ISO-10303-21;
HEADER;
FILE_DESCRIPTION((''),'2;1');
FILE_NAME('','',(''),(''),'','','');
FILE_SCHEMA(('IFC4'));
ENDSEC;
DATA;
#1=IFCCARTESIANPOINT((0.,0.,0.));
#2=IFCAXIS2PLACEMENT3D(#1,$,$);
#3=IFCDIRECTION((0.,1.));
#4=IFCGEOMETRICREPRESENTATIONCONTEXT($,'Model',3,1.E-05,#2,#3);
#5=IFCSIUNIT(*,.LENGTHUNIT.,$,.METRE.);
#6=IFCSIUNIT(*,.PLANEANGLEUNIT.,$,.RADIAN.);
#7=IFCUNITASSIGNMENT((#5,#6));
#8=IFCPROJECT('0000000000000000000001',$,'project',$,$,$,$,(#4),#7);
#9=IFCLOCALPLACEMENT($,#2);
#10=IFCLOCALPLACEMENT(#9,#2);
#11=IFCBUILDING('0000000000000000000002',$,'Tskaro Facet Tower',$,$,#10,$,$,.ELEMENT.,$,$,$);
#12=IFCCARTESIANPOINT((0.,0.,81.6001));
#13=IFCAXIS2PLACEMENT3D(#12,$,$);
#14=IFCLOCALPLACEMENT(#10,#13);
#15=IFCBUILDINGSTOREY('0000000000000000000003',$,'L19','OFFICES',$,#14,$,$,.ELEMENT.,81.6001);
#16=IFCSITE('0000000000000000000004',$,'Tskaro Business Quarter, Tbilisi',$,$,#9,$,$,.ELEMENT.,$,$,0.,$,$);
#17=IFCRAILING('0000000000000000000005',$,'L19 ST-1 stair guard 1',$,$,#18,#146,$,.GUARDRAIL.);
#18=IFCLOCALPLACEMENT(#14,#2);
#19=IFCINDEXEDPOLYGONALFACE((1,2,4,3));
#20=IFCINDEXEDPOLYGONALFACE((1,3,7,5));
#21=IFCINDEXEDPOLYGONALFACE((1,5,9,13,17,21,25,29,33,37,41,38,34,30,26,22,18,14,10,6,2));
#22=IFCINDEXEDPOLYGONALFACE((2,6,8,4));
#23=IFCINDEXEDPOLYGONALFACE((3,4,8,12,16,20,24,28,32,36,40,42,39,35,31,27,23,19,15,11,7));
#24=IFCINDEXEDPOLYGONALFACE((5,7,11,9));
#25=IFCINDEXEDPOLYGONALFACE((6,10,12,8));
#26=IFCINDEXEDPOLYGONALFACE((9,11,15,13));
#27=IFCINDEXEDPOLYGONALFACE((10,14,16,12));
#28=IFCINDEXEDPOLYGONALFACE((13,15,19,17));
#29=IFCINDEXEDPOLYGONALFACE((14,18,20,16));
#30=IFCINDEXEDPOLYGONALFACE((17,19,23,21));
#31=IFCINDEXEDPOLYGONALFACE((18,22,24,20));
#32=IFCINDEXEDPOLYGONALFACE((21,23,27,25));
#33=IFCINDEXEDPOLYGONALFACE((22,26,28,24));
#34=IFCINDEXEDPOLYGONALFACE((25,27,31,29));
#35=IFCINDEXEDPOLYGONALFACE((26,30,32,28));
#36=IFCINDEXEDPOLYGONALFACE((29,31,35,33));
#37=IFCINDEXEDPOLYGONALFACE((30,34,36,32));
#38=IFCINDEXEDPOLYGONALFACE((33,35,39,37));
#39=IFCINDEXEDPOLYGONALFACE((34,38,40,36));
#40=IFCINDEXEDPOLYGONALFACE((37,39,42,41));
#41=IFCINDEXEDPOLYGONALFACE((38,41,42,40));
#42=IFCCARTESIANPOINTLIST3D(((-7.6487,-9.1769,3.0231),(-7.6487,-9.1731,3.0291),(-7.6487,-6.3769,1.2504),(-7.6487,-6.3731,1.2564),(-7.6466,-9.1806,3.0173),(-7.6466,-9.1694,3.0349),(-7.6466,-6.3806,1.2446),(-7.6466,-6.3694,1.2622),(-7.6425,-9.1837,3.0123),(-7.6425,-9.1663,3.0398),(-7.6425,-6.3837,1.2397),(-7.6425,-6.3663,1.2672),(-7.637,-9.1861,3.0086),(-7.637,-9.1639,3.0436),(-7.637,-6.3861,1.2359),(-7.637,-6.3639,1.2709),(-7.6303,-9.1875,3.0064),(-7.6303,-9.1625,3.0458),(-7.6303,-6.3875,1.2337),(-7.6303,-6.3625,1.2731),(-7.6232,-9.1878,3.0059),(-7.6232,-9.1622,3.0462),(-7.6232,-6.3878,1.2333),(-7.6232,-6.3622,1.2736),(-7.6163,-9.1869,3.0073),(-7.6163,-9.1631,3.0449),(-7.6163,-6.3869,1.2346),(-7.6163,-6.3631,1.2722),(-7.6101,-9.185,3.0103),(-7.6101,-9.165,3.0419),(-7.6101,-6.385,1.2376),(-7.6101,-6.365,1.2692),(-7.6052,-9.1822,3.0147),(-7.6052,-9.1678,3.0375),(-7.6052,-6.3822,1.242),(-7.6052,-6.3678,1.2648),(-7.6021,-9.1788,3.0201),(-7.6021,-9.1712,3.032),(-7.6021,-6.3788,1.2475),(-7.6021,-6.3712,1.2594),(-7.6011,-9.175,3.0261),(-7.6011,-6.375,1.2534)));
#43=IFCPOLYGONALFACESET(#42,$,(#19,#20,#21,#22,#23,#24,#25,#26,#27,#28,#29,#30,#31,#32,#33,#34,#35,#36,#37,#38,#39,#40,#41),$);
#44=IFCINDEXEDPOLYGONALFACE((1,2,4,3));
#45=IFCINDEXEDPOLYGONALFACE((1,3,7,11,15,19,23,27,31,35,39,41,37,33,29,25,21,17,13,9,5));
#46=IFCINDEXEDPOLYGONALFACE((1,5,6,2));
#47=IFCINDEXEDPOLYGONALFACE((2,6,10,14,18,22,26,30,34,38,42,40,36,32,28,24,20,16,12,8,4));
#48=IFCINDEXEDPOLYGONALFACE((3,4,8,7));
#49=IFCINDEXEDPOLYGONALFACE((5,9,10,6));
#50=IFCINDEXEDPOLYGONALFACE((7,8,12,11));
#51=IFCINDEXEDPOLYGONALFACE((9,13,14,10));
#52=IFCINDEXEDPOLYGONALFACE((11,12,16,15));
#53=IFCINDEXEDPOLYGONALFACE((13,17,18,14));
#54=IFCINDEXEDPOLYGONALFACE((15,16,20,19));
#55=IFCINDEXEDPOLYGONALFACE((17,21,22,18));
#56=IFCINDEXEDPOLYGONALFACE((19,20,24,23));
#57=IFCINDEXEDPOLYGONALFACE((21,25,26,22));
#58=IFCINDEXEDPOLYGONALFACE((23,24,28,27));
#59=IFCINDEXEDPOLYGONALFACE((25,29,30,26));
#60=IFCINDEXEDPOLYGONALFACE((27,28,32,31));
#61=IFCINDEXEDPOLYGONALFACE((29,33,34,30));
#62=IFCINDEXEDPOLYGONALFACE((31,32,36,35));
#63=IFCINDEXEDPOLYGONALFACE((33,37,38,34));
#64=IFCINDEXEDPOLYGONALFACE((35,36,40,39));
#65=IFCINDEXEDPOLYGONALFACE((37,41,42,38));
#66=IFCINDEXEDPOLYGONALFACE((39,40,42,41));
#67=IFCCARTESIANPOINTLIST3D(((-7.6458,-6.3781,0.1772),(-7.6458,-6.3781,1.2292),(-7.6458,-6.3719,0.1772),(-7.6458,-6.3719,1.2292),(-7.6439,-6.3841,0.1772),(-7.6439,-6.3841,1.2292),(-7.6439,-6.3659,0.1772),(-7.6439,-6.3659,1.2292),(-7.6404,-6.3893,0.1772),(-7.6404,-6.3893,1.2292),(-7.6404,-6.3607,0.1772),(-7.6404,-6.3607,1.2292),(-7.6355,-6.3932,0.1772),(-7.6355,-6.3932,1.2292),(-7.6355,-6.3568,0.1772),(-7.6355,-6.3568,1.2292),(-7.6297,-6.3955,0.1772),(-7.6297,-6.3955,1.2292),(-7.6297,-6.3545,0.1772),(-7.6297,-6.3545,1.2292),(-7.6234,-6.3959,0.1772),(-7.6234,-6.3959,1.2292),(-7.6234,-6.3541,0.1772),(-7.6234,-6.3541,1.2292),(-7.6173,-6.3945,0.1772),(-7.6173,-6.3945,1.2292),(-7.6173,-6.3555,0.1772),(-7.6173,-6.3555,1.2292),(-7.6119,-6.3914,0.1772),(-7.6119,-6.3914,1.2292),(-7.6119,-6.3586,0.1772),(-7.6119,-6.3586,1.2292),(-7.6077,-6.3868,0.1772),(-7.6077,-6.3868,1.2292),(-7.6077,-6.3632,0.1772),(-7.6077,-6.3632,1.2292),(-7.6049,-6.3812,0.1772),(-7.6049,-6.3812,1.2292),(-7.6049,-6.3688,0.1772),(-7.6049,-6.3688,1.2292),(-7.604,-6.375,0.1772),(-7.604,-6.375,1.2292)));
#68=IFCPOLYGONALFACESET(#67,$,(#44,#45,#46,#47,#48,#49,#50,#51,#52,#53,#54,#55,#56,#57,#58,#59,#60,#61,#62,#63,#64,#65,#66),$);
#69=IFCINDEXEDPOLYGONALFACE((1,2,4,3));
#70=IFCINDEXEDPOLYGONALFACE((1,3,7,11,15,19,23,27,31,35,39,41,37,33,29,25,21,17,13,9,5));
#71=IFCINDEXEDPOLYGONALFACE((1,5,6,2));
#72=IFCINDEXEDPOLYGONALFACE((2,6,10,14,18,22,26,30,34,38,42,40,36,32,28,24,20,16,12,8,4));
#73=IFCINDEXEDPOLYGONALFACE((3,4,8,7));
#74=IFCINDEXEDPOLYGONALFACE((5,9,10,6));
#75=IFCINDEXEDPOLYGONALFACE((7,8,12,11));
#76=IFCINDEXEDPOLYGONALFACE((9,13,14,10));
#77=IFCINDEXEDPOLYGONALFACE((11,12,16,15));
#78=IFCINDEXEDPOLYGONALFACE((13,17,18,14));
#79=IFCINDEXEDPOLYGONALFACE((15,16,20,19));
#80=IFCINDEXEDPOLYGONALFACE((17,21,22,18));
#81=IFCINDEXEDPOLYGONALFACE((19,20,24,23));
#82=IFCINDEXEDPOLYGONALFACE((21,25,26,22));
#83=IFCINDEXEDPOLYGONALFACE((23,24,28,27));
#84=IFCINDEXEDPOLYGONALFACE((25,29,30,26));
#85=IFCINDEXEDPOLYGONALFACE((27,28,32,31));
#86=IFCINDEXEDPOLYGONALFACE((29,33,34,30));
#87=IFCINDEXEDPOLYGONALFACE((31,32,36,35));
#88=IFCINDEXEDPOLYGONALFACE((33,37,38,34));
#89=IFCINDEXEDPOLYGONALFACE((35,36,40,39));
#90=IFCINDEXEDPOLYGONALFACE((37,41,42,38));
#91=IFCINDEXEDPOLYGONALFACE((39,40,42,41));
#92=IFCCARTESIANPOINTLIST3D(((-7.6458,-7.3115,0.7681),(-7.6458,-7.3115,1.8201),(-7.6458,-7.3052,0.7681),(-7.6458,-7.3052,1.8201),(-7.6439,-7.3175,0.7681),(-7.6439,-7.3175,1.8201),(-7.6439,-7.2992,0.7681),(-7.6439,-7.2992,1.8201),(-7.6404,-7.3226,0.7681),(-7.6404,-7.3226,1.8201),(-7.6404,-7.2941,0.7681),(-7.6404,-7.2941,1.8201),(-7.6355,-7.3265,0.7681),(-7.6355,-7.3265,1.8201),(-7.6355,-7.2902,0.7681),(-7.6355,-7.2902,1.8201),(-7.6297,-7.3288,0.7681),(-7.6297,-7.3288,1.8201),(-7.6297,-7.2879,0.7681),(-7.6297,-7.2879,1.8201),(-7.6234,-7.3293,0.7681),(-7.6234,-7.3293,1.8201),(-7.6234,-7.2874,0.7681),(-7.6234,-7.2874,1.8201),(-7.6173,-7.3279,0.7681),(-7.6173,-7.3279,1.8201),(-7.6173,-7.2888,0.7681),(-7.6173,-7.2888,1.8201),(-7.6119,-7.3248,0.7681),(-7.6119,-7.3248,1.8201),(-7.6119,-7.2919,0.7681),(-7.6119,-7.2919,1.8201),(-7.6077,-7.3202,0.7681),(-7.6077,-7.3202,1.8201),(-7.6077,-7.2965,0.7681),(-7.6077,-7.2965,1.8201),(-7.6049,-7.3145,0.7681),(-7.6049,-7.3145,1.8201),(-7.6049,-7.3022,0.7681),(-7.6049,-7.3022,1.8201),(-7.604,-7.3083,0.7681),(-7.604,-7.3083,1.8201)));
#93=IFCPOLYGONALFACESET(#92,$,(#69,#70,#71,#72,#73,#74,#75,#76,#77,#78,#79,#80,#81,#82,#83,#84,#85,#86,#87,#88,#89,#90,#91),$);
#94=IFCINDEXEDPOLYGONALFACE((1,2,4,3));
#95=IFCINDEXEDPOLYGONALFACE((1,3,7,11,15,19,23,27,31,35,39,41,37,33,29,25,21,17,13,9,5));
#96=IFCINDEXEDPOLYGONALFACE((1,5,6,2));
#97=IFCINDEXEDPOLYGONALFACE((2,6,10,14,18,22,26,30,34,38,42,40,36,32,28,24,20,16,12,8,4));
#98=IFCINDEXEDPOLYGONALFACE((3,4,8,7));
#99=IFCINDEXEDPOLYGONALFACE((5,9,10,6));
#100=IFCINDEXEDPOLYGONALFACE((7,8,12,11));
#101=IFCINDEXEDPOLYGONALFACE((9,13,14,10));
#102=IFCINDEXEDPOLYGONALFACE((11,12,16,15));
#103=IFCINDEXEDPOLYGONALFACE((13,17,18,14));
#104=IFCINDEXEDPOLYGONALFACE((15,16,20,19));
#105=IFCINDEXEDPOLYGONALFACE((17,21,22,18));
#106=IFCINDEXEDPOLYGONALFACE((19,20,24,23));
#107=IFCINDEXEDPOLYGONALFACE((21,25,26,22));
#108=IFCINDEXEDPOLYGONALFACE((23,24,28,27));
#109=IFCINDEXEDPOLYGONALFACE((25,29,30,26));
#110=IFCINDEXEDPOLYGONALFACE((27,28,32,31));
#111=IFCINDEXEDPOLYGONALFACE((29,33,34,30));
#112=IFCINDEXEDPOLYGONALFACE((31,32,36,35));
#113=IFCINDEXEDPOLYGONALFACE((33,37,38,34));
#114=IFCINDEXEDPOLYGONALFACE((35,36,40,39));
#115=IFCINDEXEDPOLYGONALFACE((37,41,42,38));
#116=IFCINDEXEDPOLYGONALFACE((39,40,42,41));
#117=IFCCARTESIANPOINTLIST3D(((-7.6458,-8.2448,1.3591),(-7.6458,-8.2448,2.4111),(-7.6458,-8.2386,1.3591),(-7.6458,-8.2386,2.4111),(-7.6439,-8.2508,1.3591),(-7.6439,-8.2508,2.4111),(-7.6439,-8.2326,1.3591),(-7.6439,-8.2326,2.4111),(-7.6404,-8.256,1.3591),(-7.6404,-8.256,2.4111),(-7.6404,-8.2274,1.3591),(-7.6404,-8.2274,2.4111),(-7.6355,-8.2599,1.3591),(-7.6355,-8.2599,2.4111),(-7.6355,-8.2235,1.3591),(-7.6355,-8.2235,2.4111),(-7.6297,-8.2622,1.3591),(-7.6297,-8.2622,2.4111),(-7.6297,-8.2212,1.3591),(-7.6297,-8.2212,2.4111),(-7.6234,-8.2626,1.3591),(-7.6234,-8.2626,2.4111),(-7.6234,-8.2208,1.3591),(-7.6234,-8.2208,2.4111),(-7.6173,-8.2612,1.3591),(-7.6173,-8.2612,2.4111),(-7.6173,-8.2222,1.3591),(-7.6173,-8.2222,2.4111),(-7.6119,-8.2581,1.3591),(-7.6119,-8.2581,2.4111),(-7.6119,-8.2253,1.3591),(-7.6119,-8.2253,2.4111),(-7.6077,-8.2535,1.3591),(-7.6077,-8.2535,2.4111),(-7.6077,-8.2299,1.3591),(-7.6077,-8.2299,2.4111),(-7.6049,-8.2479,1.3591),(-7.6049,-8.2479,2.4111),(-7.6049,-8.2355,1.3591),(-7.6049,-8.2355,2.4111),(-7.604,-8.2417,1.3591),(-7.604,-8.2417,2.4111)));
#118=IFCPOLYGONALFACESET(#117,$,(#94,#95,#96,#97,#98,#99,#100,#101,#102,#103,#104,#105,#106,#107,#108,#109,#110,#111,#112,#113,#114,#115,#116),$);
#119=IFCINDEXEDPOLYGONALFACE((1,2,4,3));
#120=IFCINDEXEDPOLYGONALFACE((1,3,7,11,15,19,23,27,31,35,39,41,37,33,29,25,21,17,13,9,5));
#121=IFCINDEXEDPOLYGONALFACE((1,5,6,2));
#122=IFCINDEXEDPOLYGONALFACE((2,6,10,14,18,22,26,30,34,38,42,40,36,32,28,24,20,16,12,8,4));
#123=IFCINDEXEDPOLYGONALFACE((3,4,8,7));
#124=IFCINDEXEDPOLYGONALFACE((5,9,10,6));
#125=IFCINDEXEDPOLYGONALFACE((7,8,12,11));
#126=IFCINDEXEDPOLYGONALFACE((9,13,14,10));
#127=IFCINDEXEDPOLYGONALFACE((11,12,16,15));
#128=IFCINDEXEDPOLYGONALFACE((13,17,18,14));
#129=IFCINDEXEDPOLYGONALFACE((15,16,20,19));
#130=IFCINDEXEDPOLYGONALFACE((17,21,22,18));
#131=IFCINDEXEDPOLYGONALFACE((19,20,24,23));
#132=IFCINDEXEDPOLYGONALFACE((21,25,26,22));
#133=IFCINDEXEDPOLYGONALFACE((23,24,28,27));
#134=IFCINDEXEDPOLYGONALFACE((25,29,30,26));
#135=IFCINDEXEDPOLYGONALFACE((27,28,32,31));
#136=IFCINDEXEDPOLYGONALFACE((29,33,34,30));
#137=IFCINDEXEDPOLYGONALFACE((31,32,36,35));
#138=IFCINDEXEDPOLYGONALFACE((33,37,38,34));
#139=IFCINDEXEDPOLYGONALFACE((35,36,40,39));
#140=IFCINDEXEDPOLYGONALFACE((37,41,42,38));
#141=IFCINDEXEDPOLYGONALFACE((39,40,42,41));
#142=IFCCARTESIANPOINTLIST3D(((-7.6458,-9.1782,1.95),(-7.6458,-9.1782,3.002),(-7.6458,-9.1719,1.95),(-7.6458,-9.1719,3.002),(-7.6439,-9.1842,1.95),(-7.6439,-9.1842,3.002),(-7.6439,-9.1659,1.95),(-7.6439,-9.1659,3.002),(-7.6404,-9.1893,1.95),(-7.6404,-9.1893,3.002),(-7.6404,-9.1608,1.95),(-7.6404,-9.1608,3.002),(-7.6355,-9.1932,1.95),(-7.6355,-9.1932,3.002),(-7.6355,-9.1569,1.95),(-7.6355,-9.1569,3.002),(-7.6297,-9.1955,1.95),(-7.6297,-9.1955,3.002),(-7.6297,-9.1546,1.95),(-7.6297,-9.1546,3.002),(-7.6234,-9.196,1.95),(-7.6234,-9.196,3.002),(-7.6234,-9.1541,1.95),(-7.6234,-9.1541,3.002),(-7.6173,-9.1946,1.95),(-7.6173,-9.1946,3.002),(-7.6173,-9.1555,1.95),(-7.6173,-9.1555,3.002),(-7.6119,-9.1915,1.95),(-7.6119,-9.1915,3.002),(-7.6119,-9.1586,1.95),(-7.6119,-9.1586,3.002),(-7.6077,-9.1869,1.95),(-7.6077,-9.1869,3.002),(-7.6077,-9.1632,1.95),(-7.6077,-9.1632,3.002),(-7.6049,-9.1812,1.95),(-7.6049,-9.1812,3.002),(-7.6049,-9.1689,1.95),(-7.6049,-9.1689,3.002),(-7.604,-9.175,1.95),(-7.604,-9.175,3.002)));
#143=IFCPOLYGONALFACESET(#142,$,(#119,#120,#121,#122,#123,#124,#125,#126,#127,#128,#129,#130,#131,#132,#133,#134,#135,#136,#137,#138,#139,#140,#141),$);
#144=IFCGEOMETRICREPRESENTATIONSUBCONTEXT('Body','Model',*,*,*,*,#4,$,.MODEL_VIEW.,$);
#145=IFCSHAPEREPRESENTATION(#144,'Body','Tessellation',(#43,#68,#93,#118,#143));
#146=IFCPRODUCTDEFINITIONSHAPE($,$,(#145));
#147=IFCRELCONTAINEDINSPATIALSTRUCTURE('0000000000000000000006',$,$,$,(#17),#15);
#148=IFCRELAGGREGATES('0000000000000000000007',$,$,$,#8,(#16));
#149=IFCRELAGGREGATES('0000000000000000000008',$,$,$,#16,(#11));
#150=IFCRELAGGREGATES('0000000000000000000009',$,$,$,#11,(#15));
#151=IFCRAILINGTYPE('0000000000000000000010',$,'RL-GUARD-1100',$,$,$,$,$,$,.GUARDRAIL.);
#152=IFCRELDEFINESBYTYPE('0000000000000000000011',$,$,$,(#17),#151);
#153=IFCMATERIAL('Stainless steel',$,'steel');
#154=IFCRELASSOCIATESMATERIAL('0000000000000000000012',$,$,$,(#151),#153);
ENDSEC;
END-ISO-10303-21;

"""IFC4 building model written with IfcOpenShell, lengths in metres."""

from ifc_helpers import new_model, si_unit, direction, frame, origin, origin_2d, place, context, subcontext, project, spatial, circle, extrude, material, type_object, element, save


model = new_model("IFC4")

# Units and contexts
model_context = context("Model", 3, precision=1e-05, world=origin(), true_north=direction((0.0, 1.0)))
body_context = subcontext(model_context, "Body", "Model", "MODEL_VIEW")
ifc_project = project(units=[si_unit("LENGTHUNIT", "METRE"), si_unit("PLANEANGLEUNIT", "RADIAN")], contexts=[model_context])

# Site, building, storey
site_placement = place(None, origin())
site = spatial("IfcSite", under=ifc_project, at=site_placement, Name="Tskaro Business Quarter, Tbilisi", CompositionType="ELEMENT", RefElevation=0.0)
building_placement = place(site_placement, origin())
building = spatial("IfcBuilding", under=site, at=building_placement, Name="Tskaro Facet Tower", CompositionType="ELEMENT")
storey_placement = place(building_placement, frame((0.0, 0.0, 81.6001)))
storey = spatial("IfcBuildingStorey", under=building, at=storey_placement, Name="L19", Description="OFFICES", CompositionType="ELEMENT", Elevation=81.6001)

# Shared definitions
ifc_material_1 = material(Name="Stainless steel", Category="steel")

# Railing
railing_type_1 = type_object("IfcRailingType", Name="RL-GUARD-1100", PredefinedType="GUARDRAIL", material=ifc_material_1)
railing_1_placement = place(storey_placement, frame((-7.625, -6.375, 0.1772)))
element("IfcRailing", 1, at=railing_1_placement, inside=storey, type_object=railing_type_1, Name="L19 ST-1 stair guard 1", PredefinedType="GUARDRAIL", context=body_context, shape_type="SweptSolid", body=[
    extrude(circle(Radius=0.0239, at=origin_2d()), frame((0.0, 0.0, 1.0762), z_axis=(0.0, -0.844909, 0.53491), x_axis=(1.0, 0.0, 0.0)), (0.0, 0.0, 1.0), 3.314),
    extrude(circle(Radius=0.021, at=origin_2d()), origin(), (0.0, 0.0, 1.0), 1.052),
    extrude(circle(Radius=0.021, at=origin_2d()), frame((0.0, -0.9333, 0.5908)), (0.0, 0.0, 1.0), 1.052),
    extrude(circle(Radius=0.021, at=origin_2d()), frame((0.0, -1.8667, 1.1819)), (0.0, 0.0, 1.0), 1.052),
    extrude(circle(Radius=0.021, at=origin_2d()), frame((0.0, -2.8, 1.7727)), (0.0, 0.0, 1.0), 1.052),
])

save(model, "model.ifc")
